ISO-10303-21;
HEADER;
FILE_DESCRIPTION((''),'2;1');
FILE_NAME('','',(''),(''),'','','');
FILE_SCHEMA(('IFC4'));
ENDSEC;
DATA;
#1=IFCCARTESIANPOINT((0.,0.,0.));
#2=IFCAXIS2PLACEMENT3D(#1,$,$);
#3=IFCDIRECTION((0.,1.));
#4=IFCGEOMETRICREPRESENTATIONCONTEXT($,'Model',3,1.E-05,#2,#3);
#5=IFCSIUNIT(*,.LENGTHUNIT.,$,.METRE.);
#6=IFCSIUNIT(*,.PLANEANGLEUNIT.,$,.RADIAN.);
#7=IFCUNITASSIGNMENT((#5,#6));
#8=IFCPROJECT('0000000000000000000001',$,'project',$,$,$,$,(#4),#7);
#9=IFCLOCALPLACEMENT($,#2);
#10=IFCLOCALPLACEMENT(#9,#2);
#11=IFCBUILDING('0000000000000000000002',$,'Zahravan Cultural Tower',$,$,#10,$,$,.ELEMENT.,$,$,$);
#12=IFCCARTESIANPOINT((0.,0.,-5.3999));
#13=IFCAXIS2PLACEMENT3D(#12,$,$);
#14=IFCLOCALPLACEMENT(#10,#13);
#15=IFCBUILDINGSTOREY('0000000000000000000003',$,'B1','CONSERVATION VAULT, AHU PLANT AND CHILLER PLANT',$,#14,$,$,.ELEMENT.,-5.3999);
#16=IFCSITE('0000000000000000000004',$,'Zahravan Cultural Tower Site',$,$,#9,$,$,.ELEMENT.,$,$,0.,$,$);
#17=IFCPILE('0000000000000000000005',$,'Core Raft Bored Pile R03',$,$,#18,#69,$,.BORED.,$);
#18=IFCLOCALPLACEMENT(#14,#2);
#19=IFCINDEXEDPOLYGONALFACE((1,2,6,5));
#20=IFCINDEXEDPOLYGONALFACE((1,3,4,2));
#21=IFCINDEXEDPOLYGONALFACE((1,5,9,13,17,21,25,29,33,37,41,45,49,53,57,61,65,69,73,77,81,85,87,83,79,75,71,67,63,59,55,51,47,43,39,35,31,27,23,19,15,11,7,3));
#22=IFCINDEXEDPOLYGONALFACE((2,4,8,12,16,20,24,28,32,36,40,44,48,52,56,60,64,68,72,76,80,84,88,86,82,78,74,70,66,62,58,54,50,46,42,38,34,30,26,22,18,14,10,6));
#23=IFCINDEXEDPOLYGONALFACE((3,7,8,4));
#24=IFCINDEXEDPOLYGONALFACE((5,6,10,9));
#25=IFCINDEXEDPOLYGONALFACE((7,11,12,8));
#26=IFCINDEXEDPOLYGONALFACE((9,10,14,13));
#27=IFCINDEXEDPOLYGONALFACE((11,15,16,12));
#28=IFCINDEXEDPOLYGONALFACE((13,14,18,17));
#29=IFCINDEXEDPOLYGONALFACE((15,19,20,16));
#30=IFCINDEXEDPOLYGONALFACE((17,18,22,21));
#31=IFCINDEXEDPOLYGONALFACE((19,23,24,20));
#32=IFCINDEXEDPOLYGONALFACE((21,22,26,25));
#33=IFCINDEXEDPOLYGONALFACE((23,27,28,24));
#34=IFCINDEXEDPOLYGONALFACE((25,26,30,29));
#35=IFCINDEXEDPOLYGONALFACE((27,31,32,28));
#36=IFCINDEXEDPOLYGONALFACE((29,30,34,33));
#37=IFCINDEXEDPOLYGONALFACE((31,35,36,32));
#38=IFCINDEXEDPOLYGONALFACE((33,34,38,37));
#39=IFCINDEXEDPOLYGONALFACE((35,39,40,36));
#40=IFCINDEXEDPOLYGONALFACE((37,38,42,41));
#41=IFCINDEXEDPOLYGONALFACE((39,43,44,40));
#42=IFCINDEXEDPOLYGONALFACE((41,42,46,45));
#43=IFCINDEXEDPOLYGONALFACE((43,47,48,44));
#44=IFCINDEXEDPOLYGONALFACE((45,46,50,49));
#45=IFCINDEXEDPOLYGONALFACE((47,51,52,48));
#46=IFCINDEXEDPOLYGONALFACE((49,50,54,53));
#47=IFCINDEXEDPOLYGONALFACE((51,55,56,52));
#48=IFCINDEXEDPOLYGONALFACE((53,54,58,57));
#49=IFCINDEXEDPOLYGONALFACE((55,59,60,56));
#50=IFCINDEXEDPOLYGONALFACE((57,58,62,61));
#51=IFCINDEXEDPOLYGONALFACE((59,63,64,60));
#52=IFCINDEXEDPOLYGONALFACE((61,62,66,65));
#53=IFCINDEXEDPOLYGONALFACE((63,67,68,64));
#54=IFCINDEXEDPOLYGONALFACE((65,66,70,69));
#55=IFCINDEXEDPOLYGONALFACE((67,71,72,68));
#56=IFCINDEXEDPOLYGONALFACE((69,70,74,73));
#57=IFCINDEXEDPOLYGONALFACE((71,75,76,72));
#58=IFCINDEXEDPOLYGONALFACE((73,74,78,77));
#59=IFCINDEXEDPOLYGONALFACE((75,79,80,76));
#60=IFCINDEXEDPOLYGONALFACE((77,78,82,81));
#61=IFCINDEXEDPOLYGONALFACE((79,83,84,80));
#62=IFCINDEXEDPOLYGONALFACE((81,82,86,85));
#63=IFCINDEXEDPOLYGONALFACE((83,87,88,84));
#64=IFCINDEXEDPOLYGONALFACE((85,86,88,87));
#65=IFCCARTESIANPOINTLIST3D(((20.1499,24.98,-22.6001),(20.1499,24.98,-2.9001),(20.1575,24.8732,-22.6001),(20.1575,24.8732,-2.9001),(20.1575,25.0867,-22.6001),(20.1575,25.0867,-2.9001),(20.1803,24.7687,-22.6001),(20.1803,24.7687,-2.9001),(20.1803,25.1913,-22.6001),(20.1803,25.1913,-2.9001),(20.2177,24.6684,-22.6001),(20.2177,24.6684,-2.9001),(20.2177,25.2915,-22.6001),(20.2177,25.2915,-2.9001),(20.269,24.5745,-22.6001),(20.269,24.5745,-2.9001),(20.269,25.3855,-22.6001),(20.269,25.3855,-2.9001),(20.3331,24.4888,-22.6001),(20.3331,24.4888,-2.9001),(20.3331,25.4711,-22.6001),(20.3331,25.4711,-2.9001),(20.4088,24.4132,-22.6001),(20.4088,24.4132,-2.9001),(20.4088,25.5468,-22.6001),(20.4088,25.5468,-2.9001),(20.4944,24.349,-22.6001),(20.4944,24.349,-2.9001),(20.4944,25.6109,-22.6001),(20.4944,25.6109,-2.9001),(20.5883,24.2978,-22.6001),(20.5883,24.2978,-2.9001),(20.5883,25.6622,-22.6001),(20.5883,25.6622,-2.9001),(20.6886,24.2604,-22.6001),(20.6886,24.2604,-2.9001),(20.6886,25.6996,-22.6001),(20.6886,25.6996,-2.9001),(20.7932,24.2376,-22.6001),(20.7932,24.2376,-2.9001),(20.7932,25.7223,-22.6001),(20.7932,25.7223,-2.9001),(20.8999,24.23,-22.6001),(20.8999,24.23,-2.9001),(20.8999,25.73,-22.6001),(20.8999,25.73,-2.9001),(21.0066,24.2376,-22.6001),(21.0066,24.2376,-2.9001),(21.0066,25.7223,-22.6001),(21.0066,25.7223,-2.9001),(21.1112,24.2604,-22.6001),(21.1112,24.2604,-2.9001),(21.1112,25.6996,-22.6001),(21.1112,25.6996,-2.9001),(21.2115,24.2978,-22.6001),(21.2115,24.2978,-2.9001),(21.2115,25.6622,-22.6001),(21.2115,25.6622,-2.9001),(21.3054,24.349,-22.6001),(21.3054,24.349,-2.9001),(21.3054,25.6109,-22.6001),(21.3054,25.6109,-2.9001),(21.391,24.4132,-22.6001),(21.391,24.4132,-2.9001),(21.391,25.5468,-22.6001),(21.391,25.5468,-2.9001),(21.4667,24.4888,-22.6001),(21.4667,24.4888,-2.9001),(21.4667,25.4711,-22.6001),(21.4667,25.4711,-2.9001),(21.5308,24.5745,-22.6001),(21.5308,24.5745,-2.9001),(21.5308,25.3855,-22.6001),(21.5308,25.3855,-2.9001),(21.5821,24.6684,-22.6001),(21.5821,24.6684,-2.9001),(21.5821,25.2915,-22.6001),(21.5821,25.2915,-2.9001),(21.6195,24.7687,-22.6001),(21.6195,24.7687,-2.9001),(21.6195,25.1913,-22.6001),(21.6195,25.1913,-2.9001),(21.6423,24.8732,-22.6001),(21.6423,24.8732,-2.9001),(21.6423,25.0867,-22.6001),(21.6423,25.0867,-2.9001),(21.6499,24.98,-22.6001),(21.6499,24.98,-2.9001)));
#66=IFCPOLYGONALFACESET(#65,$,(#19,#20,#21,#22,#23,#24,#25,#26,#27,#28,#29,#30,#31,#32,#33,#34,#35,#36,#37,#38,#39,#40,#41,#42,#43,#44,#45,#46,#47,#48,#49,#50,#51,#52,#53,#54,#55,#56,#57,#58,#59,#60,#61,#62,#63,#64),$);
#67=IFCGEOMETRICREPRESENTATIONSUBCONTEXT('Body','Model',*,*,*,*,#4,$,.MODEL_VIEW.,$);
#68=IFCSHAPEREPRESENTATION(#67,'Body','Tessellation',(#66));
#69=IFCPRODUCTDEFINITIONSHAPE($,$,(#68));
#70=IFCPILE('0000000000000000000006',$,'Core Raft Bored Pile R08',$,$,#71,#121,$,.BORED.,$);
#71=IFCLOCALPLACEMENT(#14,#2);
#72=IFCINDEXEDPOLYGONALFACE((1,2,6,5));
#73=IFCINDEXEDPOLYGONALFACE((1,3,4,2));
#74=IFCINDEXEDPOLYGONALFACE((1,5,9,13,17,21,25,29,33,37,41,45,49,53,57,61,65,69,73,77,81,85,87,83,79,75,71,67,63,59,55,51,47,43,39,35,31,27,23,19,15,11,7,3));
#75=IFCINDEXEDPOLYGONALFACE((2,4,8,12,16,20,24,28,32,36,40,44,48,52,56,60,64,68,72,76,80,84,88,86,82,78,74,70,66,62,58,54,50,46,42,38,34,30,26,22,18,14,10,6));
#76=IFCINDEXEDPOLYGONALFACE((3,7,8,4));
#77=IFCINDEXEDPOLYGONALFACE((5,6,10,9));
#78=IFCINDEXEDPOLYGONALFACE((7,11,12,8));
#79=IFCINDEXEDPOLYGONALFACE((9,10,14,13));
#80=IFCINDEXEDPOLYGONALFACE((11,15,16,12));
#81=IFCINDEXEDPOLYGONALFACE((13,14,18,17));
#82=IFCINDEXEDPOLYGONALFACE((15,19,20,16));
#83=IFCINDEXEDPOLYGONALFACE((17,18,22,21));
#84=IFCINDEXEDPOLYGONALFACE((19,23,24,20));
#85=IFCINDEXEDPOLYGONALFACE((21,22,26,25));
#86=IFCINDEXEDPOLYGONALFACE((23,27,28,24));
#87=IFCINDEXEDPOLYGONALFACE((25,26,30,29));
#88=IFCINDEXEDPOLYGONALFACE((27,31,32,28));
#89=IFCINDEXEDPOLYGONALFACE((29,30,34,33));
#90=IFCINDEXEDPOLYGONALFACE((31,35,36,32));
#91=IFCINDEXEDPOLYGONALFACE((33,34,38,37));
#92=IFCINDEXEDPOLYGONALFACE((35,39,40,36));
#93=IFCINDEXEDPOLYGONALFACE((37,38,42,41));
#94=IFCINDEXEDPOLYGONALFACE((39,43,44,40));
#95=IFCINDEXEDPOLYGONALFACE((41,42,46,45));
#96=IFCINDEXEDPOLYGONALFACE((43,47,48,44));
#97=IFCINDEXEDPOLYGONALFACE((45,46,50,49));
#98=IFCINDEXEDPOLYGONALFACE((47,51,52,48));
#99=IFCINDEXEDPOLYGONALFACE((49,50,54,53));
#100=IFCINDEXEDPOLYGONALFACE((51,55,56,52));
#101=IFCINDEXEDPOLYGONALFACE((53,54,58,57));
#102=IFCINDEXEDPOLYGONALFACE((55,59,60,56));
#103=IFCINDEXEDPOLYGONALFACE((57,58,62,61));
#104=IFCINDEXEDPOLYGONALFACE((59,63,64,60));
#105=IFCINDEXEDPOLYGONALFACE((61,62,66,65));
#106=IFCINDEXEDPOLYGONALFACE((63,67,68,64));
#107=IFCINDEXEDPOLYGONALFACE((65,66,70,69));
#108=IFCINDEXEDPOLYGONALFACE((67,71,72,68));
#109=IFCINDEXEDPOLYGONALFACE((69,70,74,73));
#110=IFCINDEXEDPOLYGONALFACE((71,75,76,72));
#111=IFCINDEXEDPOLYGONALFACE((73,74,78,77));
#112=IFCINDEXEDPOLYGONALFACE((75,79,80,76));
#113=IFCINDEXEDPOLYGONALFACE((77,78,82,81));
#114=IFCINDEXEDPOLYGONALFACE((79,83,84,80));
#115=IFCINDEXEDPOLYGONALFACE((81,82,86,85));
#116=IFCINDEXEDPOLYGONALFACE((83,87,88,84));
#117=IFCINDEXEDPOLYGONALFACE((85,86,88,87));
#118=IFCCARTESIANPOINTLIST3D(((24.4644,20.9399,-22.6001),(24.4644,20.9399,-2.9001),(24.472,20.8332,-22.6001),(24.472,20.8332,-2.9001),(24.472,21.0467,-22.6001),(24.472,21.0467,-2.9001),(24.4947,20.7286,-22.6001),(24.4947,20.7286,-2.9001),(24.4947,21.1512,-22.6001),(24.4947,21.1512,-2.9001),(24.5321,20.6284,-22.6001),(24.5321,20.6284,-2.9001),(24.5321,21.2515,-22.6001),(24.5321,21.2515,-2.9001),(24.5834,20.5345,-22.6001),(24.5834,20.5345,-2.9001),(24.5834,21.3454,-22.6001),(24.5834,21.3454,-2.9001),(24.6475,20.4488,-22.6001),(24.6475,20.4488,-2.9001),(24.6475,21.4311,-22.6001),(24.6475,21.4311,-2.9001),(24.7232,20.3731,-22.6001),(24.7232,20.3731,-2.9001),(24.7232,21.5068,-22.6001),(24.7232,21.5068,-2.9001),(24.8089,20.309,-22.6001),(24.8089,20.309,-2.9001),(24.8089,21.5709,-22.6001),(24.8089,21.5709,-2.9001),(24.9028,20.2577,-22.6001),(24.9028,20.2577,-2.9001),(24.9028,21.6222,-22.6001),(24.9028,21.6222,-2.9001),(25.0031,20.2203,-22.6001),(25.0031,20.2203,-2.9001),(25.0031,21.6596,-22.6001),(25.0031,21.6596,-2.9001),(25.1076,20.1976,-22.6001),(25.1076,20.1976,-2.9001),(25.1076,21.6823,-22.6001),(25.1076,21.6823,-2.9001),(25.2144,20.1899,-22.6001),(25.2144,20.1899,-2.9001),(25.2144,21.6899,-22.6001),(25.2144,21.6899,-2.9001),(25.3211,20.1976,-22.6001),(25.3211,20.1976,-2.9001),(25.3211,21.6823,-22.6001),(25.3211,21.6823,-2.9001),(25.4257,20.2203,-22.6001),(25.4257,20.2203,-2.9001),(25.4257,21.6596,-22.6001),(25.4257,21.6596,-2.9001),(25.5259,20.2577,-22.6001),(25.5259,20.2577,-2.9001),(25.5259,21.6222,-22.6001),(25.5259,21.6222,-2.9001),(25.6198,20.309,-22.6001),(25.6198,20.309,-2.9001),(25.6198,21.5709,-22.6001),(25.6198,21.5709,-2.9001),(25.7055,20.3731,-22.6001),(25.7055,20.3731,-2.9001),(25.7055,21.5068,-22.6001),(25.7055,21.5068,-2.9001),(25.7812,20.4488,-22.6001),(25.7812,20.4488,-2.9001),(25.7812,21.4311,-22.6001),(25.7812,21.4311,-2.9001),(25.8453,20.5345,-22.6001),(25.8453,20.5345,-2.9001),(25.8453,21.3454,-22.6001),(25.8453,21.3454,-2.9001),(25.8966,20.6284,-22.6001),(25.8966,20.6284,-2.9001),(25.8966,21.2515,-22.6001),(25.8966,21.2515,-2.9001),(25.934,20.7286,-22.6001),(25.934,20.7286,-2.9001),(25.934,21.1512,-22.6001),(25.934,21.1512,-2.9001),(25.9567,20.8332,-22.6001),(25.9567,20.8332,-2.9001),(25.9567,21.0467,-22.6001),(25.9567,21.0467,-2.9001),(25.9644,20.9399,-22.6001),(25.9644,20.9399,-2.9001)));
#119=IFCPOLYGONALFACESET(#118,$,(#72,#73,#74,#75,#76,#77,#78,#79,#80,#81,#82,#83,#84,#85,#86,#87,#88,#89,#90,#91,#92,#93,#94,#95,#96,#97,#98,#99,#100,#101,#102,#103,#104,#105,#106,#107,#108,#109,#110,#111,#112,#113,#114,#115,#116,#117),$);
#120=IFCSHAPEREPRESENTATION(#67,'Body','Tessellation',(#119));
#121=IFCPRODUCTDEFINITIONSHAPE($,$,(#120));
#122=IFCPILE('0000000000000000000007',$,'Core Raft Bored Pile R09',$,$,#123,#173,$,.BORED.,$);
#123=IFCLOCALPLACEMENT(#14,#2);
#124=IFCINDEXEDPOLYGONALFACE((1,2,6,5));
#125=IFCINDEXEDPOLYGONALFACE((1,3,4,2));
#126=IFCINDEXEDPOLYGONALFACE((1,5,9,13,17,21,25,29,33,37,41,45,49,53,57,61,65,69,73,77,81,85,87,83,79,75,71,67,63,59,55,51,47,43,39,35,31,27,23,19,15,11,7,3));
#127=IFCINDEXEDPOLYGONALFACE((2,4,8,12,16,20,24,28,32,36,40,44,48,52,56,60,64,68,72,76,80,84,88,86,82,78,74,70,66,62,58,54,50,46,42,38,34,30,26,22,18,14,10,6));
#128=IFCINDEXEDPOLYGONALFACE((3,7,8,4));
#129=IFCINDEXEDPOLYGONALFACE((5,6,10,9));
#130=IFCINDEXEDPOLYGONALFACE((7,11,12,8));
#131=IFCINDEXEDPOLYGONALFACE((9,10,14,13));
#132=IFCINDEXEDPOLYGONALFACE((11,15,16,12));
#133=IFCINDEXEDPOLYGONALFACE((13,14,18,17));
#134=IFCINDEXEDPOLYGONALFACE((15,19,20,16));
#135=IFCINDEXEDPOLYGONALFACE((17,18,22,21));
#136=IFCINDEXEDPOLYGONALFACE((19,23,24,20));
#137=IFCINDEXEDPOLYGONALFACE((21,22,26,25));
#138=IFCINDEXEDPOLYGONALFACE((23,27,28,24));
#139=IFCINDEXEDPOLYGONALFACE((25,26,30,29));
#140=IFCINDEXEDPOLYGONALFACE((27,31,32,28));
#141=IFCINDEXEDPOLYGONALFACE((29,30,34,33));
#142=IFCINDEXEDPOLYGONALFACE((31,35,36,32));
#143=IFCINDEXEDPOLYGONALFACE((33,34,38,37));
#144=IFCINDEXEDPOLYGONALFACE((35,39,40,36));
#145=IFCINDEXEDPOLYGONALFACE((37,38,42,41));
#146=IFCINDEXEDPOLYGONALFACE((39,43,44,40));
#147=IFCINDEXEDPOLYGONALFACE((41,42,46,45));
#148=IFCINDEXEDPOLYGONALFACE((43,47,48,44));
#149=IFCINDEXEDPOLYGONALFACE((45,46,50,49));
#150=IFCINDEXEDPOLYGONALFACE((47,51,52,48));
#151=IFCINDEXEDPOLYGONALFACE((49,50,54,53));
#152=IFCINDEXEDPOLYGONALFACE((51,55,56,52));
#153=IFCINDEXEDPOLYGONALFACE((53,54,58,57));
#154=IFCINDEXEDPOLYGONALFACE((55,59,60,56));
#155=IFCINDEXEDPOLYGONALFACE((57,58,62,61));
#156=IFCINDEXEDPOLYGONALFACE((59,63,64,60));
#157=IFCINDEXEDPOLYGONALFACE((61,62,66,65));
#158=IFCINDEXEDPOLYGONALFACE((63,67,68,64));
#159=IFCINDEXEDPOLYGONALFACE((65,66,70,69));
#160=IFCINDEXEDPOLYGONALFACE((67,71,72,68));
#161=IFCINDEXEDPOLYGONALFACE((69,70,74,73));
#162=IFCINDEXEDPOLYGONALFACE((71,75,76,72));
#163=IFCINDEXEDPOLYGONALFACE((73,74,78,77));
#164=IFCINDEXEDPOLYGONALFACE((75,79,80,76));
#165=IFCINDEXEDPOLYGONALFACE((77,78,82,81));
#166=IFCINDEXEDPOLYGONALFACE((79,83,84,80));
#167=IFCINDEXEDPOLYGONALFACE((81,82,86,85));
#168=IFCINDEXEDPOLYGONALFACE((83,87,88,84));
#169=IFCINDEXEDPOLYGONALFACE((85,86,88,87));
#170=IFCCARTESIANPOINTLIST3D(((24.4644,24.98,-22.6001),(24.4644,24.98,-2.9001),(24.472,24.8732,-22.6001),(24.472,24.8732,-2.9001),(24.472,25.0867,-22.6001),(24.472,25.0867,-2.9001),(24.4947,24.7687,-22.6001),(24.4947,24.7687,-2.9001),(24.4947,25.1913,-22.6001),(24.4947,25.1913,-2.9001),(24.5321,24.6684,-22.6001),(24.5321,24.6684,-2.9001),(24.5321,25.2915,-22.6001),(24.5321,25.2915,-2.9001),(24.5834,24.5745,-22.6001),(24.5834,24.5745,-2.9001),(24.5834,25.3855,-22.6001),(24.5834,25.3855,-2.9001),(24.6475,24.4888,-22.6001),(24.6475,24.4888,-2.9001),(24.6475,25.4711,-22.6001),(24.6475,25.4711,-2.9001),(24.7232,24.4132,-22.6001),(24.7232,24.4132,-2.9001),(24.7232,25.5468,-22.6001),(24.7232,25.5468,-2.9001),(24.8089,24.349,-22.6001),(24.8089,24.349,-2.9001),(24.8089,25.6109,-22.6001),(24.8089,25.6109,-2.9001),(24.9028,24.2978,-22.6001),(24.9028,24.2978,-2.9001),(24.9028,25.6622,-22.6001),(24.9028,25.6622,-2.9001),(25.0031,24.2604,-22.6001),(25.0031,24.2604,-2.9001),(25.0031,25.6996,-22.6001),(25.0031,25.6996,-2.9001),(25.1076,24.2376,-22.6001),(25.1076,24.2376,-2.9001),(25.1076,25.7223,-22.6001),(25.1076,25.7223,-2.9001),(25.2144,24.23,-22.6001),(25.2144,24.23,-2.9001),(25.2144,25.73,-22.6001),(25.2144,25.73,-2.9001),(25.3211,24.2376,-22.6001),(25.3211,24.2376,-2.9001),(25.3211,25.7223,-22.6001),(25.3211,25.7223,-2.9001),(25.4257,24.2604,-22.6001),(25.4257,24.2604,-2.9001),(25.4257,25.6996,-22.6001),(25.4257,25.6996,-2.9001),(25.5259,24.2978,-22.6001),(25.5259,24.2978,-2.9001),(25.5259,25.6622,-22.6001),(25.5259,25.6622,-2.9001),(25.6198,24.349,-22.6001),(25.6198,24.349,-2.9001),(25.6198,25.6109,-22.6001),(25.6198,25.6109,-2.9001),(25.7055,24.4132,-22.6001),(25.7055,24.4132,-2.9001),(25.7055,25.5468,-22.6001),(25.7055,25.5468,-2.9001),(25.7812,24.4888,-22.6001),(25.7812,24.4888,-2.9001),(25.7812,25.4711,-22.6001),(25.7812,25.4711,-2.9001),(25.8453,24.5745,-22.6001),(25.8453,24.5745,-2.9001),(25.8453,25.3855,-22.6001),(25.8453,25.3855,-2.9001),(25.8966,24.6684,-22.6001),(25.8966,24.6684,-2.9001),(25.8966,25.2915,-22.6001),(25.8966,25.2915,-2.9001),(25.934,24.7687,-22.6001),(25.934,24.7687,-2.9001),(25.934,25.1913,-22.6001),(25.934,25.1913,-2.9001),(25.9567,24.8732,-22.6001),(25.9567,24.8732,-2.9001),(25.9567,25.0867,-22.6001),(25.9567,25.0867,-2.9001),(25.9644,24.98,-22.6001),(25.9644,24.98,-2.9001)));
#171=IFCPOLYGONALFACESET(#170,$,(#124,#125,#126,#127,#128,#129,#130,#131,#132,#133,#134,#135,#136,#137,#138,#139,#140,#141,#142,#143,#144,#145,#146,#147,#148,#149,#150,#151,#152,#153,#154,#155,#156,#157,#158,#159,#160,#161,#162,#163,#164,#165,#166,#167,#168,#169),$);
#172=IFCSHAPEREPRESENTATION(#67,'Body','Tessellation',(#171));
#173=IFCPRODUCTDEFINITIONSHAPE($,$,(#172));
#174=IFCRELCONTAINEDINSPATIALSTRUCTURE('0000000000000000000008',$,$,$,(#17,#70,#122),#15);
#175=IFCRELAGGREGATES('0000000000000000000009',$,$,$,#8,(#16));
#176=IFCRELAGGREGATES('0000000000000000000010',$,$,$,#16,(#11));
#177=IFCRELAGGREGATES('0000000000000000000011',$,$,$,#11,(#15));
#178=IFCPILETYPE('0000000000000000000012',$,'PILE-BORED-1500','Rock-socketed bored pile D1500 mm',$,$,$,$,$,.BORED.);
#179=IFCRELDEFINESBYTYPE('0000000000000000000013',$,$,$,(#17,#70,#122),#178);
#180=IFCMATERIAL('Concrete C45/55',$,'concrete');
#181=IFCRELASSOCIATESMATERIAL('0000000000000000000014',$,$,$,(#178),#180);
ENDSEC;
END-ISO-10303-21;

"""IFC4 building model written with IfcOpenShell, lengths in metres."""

from ifc_helpers import new_model, si_unit, direction, frame, origin, origin_2d, place, context, subcontext, project, spatial, circle, extrude, material, material_profile, profile_set, type_object, element, save


model = new_model("IFC4")

# Units and contexts
model_context = context("Model", 3, precision=1e-05, world=origin(), true_north=direction((0.0, 1.0)))
body_context = subcontext(model_context, "Body", "Model", "MODEL_VIEW")
ifc_project = project(units=[si_unit("LENGTHUNIT", "METRE"), si_unit("PLANEANGLEUNIT", "RADIAN")], contexts=[model_context])

# Site, building, storey
site_placement = place(None, origin())
site = spatial("IfcSite", under=ifc_project, at=site_placement, Name="Zahravan Cultural Tower Site", CompositionType="ELEMENT", RefElevation=0.0)
building_placement = place(site_placement, origin())
building = spatial("IfcBuilding", under=site, at=building_placement, Name="Zahravan Cultural Tower", CompositionType="ELEMENT")
storey_placement = place(building_placement, frame((0.0, 0.0, -5.3999)))
storey = spatial("IfcBuildingStorey", under=building, at=storey_placement, Name="B1", Description="CONSERVATION VAULT, AHU PLANT AND CHILLER PLANT", CompositionType="ELEMENT", Elevation=-5.3999)

# Piles
ifc_material_1 = material(Name="Concrete C45/55", Category="concrete")
ifc_material_profile_1 = material_profile(ifc_material_1, circle(Radius=0.75, at=origin_2d()), Name="PILE-D1500")
ifc_profile_set_1 = profile_set([ifc_material_profile_1], Name="Concrete C45/55")
pile_type = type_object("IfcPileType", Name="PILE-BORED-1500", Description="Rock-socketed bored pile D1500 mm", PredefinedType="BORED", material=ifc_profile_set_1)
for number, where, z_axis, x_axis, name in (
    (1, (20.8999, 24.98, -2.9001), (0.0, 0.0, -1.0), (1.0, 0.0, 0.0), "Core Raft Bored Pile R03"),
    (2, (25.2144, 20.9399, -2.9001), (0.0, 0.0, -1.0), (1.0, 0.0, 0.0), "Core Raft Bored Pile R08"),
    (3, (25.2144, 24.98, -2.9001), (0.0, 0.0, -1.0), (1.0, 0.0, 0.0), "Core Raft Bored Pile R09"),
):
    element("IfcPile", number, at=place(storey_placement, frame(where, z_axis=z_axis, x_axis=x_axis)), inside=storey, type_object=pile_type, Name=name, PredefinedType="BORED", context=body_context, shape_type="SweptSolid", body=[
        extrude(circle(Radius=0.75, at=origin_2d()), origin(), (0.0, 0.0, 1.0), 19.7),
    ])

save(model, "model.ifc")
